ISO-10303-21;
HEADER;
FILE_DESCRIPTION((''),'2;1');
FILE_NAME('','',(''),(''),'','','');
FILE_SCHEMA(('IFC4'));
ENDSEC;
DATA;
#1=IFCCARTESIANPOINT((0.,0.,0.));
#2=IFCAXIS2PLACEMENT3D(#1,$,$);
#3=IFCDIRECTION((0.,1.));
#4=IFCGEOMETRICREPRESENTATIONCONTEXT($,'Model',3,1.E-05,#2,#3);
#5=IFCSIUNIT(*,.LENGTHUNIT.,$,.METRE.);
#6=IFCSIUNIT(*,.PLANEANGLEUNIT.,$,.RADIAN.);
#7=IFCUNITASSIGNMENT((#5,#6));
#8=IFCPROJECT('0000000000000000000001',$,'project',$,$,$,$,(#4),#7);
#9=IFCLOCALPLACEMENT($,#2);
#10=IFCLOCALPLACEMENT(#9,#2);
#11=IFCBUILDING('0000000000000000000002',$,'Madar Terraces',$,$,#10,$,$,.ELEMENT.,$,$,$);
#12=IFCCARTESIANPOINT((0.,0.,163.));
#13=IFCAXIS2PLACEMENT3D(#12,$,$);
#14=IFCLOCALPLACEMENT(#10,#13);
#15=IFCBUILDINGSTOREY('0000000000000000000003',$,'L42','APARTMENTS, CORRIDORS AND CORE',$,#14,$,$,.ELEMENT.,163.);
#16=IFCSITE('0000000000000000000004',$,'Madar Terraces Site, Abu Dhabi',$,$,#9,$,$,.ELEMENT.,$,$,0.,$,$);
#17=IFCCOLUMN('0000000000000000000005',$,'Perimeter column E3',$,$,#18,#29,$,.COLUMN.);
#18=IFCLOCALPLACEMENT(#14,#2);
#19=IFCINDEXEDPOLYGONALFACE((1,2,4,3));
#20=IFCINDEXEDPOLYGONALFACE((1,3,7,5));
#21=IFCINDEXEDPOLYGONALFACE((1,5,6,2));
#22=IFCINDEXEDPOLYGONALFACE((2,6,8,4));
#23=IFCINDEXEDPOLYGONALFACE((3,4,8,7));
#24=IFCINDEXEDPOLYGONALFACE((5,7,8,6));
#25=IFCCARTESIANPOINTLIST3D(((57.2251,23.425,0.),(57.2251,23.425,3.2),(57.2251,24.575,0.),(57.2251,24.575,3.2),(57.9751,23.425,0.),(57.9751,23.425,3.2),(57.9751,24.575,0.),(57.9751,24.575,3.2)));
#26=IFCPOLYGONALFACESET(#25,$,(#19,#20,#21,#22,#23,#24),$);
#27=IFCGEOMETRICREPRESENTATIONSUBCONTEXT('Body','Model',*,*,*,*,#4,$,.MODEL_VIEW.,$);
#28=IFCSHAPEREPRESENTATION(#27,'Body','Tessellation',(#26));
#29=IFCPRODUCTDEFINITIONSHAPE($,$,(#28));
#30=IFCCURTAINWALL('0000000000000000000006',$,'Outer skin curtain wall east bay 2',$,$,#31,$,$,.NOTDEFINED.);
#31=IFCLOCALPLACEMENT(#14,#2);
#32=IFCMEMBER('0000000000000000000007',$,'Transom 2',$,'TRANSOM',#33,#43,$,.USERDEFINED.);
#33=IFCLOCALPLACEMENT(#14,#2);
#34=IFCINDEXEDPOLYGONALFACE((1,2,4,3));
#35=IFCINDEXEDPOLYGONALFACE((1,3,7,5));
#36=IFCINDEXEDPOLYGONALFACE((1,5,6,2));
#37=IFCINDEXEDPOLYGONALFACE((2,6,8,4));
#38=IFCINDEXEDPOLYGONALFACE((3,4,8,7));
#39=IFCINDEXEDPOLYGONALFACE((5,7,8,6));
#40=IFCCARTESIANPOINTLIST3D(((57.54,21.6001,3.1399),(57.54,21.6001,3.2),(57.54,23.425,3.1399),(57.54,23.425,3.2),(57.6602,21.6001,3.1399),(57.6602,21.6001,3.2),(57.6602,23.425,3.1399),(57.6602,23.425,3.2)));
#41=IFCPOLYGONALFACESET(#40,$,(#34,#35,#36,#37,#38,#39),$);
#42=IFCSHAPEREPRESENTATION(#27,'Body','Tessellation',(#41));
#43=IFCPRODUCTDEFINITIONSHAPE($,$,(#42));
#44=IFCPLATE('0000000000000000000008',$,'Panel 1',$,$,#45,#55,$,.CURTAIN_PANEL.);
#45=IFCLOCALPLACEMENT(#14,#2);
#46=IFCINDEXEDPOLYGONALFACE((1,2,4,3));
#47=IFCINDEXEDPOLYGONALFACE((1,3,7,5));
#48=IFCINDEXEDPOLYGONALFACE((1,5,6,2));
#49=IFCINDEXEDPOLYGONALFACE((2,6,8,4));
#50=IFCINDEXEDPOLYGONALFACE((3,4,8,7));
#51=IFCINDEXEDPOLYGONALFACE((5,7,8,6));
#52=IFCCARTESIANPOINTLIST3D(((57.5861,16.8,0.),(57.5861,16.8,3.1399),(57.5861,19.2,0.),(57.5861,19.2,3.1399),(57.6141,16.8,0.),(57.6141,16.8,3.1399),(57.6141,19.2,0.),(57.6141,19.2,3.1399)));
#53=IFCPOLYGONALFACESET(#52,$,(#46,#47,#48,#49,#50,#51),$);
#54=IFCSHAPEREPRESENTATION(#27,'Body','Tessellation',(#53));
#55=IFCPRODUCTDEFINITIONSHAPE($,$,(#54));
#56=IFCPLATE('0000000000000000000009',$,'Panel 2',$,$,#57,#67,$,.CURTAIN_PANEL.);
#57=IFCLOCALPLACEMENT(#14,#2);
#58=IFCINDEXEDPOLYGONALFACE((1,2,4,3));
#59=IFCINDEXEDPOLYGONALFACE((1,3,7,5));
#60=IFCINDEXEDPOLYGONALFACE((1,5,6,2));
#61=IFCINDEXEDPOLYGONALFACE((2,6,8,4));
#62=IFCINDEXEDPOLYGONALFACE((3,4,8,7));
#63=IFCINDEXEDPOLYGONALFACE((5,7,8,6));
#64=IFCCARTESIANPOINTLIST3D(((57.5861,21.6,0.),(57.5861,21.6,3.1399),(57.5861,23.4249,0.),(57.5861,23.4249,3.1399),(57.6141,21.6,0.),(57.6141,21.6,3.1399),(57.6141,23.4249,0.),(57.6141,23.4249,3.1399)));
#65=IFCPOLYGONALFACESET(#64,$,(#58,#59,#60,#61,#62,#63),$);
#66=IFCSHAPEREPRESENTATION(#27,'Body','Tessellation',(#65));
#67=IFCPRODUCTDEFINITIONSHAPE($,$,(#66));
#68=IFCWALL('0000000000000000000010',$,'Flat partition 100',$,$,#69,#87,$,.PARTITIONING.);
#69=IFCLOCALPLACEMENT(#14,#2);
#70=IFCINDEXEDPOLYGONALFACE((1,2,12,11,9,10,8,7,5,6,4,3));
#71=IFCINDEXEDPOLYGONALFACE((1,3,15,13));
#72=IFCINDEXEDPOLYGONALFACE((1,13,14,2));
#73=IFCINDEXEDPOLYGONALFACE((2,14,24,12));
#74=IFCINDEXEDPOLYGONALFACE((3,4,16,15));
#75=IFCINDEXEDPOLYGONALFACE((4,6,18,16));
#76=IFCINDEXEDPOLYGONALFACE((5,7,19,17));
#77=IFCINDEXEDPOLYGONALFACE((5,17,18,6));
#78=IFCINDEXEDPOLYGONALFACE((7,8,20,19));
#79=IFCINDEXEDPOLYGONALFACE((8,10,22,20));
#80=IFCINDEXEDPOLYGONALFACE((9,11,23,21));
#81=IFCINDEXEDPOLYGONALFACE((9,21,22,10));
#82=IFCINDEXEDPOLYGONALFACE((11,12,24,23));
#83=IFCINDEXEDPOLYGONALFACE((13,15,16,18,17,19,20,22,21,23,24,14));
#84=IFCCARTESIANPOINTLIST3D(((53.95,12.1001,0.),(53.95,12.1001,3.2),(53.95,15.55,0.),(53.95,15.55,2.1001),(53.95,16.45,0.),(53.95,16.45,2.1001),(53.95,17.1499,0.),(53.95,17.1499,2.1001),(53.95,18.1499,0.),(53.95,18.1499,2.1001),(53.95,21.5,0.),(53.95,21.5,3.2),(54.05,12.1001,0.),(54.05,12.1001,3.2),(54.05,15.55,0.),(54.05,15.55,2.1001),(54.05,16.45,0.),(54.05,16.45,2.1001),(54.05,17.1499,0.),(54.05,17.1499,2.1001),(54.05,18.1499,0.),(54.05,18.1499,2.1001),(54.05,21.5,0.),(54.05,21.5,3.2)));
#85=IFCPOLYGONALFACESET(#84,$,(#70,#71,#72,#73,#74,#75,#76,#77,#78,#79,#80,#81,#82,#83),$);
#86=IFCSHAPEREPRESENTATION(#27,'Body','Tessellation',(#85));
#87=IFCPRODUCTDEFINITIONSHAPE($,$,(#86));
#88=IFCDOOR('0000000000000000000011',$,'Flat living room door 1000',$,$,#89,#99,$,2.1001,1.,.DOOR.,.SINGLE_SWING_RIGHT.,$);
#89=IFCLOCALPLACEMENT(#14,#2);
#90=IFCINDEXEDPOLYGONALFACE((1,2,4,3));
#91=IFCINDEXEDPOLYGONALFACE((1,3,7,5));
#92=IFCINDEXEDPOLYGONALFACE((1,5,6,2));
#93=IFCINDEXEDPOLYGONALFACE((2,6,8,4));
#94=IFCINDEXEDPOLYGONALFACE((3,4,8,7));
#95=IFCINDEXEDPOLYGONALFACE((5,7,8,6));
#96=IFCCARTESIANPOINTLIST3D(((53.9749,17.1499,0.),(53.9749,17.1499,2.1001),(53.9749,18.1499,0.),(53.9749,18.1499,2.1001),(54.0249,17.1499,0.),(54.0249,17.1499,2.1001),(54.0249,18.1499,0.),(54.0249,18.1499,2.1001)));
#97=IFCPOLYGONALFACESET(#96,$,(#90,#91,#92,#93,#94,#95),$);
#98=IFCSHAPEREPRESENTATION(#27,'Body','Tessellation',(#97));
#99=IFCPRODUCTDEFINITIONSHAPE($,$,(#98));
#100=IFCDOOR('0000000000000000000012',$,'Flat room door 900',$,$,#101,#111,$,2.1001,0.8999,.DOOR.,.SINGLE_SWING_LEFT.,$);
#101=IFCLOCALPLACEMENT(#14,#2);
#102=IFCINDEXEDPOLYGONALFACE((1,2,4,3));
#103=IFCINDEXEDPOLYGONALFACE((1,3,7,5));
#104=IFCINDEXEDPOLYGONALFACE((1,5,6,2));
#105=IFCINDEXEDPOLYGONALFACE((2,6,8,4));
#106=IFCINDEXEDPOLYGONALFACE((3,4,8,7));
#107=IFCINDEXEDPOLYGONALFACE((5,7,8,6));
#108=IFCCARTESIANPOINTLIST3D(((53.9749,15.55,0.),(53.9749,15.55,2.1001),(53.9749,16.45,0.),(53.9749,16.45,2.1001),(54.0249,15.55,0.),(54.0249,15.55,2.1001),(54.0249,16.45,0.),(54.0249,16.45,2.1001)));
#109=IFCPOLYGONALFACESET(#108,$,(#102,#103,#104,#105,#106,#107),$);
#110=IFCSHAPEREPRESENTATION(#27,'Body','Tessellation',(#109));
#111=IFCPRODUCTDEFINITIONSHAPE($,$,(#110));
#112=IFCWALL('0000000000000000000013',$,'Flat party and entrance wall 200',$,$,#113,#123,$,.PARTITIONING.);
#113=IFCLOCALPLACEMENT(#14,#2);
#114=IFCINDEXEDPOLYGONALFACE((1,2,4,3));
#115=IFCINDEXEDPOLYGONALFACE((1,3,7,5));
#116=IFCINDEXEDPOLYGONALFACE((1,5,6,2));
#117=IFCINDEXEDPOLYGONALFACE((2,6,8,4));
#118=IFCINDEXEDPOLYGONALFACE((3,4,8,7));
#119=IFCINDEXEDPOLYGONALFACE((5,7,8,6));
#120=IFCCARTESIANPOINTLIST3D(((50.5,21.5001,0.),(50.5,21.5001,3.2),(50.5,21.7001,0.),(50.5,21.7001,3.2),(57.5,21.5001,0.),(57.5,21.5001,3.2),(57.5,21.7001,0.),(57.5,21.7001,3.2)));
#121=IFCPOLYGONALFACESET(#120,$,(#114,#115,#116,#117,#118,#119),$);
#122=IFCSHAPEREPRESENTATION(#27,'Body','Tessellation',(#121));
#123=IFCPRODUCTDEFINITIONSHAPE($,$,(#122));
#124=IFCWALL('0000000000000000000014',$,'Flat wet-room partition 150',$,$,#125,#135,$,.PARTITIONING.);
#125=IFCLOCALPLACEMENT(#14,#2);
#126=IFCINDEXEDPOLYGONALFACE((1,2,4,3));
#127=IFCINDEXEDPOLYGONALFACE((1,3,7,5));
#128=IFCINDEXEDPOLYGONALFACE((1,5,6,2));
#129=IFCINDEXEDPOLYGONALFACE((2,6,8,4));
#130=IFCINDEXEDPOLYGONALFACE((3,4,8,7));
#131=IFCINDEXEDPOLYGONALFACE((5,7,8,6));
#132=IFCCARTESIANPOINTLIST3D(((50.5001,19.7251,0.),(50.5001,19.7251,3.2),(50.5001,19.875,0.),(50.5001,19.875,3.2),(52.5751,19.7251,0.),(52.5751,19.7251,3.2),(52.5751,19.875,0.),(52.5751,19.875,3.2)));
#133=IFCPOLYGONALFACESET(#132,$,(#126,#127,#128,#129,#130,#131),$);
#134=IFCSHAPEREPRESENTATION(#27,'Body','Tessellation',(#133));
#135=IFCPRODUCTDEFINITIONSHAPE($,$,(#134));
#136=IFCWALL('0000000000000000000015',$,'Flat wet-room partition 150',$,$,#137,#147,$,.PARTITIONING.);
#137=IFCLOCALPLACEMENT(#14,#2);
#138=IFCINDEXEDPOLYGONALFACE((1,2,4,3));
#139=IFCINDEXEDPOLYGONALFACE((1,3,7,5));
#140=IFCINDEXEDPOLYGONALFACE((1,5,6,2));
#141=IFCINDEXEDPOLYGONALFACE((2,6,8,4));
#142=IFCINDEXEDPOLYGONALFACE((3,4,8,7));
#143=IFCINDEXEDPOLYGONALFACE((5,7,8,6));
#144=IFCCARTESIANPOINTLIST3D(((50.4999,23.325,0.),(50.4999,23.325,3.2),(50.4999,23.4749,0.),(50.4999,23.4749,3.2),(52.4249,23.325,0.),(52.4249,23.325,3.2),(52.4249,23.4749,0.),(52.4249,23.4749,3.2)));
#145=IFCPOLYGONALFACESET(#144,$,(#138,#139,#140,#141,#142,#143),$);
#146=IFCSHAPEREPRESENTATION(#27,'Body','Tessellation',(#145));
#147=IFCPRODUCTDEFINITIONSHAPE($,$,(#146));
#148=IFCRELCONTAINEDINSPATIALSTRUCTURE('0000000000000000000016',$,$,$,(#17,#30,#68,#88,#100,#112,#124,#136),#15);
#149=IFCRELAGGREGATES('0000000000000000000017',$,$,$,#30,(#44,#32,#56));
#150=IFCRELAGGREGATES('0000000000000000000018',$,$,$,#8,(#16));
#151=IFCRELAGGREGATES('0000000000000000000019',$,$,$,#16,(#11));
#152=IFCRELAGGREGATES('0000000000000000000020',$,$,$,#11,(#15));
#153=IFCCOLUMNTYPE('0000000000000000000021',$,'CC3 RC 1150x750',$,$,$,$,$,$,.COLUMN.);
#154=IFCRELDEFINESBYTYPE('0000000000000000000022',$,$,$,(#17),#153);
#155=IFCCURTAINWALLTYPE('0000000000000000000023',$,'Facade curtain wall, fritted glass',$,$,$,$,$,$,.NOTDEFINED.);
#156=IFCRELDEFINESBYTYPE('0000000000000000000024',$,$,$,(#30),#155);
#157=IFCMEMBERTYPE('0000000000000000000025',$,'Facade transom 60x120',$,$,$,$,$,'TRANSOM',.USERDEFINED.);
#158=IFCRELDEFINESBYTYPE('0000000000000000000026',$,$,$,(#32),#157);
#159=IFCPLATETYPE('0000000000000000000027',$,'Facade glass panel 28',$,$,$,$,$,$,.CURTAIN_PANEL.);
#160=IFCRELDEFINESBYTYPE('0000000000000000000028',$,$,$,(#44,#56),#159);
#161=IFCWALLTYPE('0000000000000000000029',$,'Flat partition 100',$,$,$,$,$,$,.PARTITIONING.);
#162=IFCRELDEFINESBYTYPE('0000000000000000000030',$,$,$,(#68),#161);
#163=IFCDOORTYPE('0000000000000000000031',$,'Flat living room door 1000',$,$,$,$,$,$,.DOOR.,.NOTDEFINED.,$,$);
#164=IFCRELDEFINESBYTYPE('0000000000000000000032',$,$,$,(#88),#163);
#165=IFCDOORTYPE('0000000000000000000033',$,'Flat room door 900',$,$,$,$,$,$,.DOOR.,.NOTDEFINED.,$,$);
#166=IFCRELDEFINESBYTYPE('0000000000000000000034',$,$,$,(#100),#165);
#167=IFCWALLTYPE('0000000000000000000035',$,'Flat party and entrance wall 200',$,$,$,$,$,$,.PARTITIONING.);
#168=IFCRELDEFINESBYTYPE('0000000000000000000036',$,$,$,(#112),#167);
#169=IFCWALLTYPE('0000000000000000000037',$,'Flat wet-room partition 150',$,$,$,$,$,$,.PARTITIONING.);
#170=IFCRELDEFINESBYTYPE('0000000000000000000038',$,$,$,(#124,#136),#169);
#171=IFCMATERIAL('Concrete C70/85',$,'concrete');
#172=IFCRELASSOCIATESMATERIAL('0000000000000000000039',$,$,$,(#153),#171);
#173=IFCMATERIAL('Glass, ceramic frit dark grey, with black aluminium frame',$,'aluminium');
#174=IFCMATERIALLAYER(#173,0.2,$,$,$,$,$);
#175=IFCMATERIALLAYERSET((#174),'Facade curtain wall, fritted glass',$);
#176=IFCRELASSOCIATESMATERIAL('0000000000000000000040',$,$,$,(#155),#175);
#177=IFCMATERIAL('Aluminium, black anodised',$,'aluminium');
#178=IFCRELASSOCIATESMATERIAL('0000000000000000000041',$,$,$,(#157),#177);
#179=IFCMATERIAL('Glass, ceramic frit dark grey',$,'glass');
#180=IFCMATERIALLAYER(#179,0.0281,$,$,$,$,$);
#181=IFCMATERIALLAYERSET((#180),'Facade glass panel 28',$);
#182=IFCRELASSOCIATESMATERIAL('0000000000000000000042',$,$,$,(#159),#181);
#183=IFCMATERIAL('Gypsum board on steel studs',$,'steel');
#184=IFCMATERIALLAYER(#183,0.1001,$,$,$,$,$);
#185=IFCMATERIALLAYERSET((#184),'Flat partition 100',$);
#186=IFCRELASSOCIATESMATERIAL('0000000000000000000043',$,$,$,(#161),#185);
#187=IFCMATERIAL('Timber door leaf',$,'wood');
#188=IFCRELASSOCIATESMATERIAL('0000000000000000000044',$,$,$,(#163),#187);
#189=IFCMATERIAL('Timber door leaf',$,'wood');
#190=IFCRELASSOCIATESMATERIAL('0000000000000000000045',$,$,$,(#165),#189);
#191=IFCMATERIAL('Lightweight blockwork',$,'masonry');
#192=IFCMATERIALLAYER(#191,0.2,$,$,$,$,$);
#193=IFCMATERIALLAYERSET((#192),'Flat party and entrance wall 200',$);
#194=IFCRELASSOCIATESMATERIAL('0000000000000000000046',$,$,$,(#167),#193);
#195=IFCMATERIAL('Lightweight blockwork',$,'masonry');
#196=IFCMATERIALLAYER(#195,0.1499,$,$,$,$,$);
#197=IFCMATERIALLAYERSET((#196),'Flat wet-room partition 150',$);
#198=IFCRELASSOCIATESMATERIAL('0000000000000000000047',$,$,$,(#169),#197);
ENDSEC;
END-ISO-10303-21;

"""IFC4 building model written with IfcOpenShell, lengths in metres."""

from ifc_helpers import new_model, si_unit, direction, frame, frame_2d, origin, origin_2d, place, context, subcontext, project, spatial, rectangle, extrude, material, layer, layer_set, material_profile, profile_set, type_object, element, fill, aggregate, save


model = new_model("IFC4")

# Units and contexts
model_context = context("Model", 3, precision=1e-05, world=origin(), true_north=direction((0.0, 1.0)))
body_context = subcontext(model_context, "Body", "Model", "MODEL_VIEW")
ifc_project = project(units=[si_unit("LENGTHUNIT", "METRE"), si_unit("PLANEANGLEUNIT", "RADIAN")], contexts=[model_context])

# Site, building, storey
site_placement = place(None, origin())
site = spatial("IfcSite", under=ifc_project, at=site_placement, Name="Madar Terraces Site, Abu Dhabi", CompositionType="ELEMENT", RefElevation=0.0)
building_placement = place(site_placement, origin())
building = spatial("IfcBuilding", under=site, at=building_placement, Name="Madar Terraces", CompositionType="ELEMENT")
storey_placement = place(building_placement, frame((0.0, 0.0, 163.0)))
storey = spatial("IfcBuildingStorey", under=building, at=storey_placement, Name="L42", Description="APARTMENTS, CORRIDORS AND CORE", CompositionType="ELEMENT", Elevation=163.0)

# Column
ifc_material_1 = material(Name="Concrete C70/85", Category="concrete")
ifc_material_profile_1 = material_profile(ifc_material_1, rectangle(XDim=1.1499, YDim=0.75, at=origin_2d()), Name="CC3 RC 1150x750")
ifc_profile_set_1 = profile_set([ifc_material_profile_1], Name="Concrete C70/85")
column_type = type_object("IfcColumnType", Name="CC3 RC 1150x750", PredefinedType="COLUMN", material=ifc_profile_set_1)
column_placement = place(storey_placement, frame((57.6001, 24.0, 0.0), z_axis=(0.0, 0.0, 1.0), x_axis=(0.0, 1.0, 0.0)))
element("IfcColumn", 1, at=column_placement, inside=storey, type_object=column_type, Name="Perimeter column E3", PredefinedType="COLUMN", context=body_context, shape_type="SweptSolid", body=[
    extrude(rectangle(XDim=1.1499, YDim=0.75, at=origin_2d()), origin(), (0.0, 0.0, 1.0), 3.2),
])

# Curtain wall, member, plates
ifc_material_2 = material(Name="Glass, ceramic frit dark grey, with black aluminium frame", Category="aluminium")
ifc_layer_1 = layer(ifc_material_2, 0.2)
ifc_layer_set_1 = layer_set([ifc_layer_1], Name="Facade curtain wall, fritted glass")
curtain_wall_type = type_object("IfcCurtainWallType", Name="Facade curtain wall, fritted glass", PredefinedType="NOTDEFINED", material=ifc_layer_set_1)
curtain_wall_placement = place(storey_placement, origin())
curtain_wall = element("IfcCurtainWall", 2, at=curtain_wall_placement, inside=storey, type_object=curtain_wall_type, Name="Outer skin curtain wall east bay 2", PredefinedType="NOTDEFINED")
ifc_material_3 = material(Name="Aluminium, black anodised", Category="aluminium")
ifc_material_profile_2 = material_profile(ifc_material_3, rectangle(XDim=0.1201, YDim=0.0601, at=origin_2d()), Name="Facade transom 60x120")
ifc_profile_set_2 = profile_set([ifc_material_profile_2], Name="Aluminium, black anodised")
member_type = type_object("IfcMemberType", Name="Facade transom 60x120", ElementType="TRANSOM", PredefinedType="USERDEFINED", material=ifc_profile_set_2)
member_placement = place(storey_placement, frame((57.6001, 21.6001, 3.1699), z_axis=(0.0, 1.0, 0.0), x_axis=(-1.0, 0.0, 0.0)))
member = element("IfcMember", 3, at=member_placement, type_object=member_type, Name="Transom 2", ObjectType="TRANSOM", PredefinedType="USERDEFINED", context=body_context, shape_type="SweptSolid", body=[
    extrude(rectangle(XDim=0.1201, YDim=0.0601, at=origin_2d()), origin(), (0.0, 0.0, 1.0), 1.825),
])
ifc_material_4 = material(Name="Glass, ceramic frit dark grey", Category="glass")
ifc_layer_2 = layer(ifc_material_4, 0.0281)
ifc_layer_set_2 = layer_set([ifc_layer_2], Name="Facade glass panel 28")
plate_type = type_object("IfcPlateType", Name="Facade glass panel 28", PredefinedType="CURTAIN_PANEL", material=ifc_layer_set_2)
plate_1_placement = place(storey_placement, frame((57.6001, 18.0, 0.0), z_axis=(0.0, 0.0, 1.0), x_axis=(0.0, 1.0, 0.0)))
plate_1 = element("IfcPlate", 4, at=plate_1_placement, type_object=plate_type, Name="Panel 1", PredefinedType="CURTAIN_PANEL", context=body_context, shape_type="SweptSolid", body=[
    extrude(rectangle(XDim=2.3999, YDim=0.0281, at=origin_2d()), origin(), (0.0, 0.0, 1.0), 3.1399),
])
plate_2_placement = place(storey_placement, frame((57.6001, 22.5125, 0.0), z_axis=(0.0, 0.0, 1.0), x_axis=(0.0, 1.0, 0.0)))
plate_2 = element("IfcPlate", 5, at=plate_2_placement, type_object=plate_type, Name="Panel 2", PredefinedType="CURTAIN_PANEL", context=body_context, shape_type="SweptSolid", body=[
    extrude(rectangle(XDim=1.825, YDim=0.0281, at=origin_2d()), origin(), (0.0, 0.0, 1.0), 3.1399),
])
aggregate(curtain_wall, [plate_1, member, plate_2])

# Wall, openings, doors
ifc_material_5 = material(Name="Gypsum board on steel studs", Category="steel")
ifc_layer_3 = layer(ifc_material_5, 0.1001)
ifc_layer_set_3 = layer_set([ifc_layer_3], Name="Flat partition 100")
wall_type_1 = type_object("IfcWallType", Name="Flat partition 100", PredefinedType="PARTITIONING", material=ifc_layer_set_3)
wall_1_placement = place(storey_placement, frame((54.0, 21.5, 0.0), z_axis=(0.0, 0.0, 1.0), x_axis=(0.0, -1.0, 0.0)))
wall_1 = element("IfcWall", 6, at=wall_1_placement, inside=storey, type_object=wall_type_1, Name="Flat partition 100", PredefinedType="PARTITIONING", context=body_context, shape_type="SweptSolid", body=[
    extrude(rectangle(XDim=9.3999, YDim=0.1001, at=frame_2d((4.7, 0.0))), origin(), (0.0, 0.0, 1.0), 3.2),
])
opening_1_placement = place(wall_1_placement, frame((3.3501, 0.0, 0.0)))
opening_1 = element("IfcOpeningElement", 7, at=opening_1_placement, cuts=wall_1, PredefinedType="OPENING", context=body_context, shape_type="SweptSolid", body=[
    extrude(rectangle(XDim=1.0, YDim=2.1001, at=frame_2d((0.5, 1.05))), frame((0.0, 0.0601, 0.0), z_axis=(0.0, -1.0, 0.0), x_axis=(1.0, 0.0, 0.0)), (0.0, 0.0, 1.0), 0.1201),
])
opening_2_placement = place(wall_1_placement, frame((5.05, 0.0, 0.0)))
opening_2 = element("IfcOpeningElement", 8, at=opening_2_placement, cuts=wall_1, PredefinedType="OPENING", context=body_context, shape_type="SweptSolid", body=[
    extrude(rectangle(XDim=0.8999, YDim=2.1001, at=frame_2d((0.45, 1.05))), frame((0.0, 0.0601, 0.0), z_axis=(0.0, -1.0, 0.0), x_axis=(1.0, 0.0, 0.0)), (0.0, 0.0, 1.0), 0.1201),
])
ifc_material_6 = material(Name="Timber door leaf", Category="wood")
door_type_1 = type_object("IfcDoorType", Name="Flat living room door 1000", OperationType="NOTDEFINED", PredefinedType="DOOR", material=ifc_material_6)
door_1_placement = place(opening_1_placement, origin())
door_1 = element("IfcDoor", 9, at=door_1_placement, inside=storey, type_object=door_type_1, Name="Flat living room door 1000", OperationType="SINGLE_SWING_RIGHT", OverallHeight=2.1001, OverallWidth=1.0, PredefinedType="DOOR", context=body_context, shape_type="SweptSolid", body=[
    extrude(rectangle(XDim=1.0, YDim=2.1001, at=frame_2d((0.5, 1.05))), frame((0.0, 0.0249, 0.0), z_axis=(0.0, -1.0, 0.0), x_axis=(1.0, 0.0, 0.0)), (0.0, 0.0, 1.0), 0.05),
])
fill(opening_1, door_1)
ifc_material_7 = material(Name="Timber door leaf", Category="wood")
door_type_2 = type_object("IfcDoorType", Name="Flat room door 900", OperationType="NOTDEFINED", PredefinedType="DOOR", material=ifc_material_7)
door_2_placement = place(opening_2_placement, origin())
door_2 = element("IfcDoor", 10, at=door_2_placement, inside=storey, type_object=door_type_2, Name="Flat room door 900", OperationType="SINGLE_SWING_LEFT", OverallHeight=2.1001, OverallWidth=0.8999, PredefinedType="DOOR", context=body_context, shape_type="SweptSolid", body=[
    extrude(rectangle(XDim=0.8999, YDim=2.1001, at=frame_2d((0.45, 1.05))), frame((0.0, 0.0249, 0.0), z_axis=(0.0, -1.0, 0.0), x_axis=(1.0, 0.0, 0.0)), (0.0, 0.0, 1.0), 0.05),
])
fill(opening_2, door_2)

# Walls
ifc_material_8 = material(Name="Lightweight blockwork", Category="masonry")
ifc_layer_4 = layer(ifc_material_8, 0.2)
ifc_layer_set_4 = layer_set([ifc_layer_4], Name="Flat party and entrance wall 200")
wall_type_2 = type_object("IfcWallType", Name="Flat party and entrance wall 200", PredefinedType="PARTITIONING", material=ifc_layer_set_4)
wall_2_placement = place(storey_placement, frame((50.5, 21.6001, 0.0), z_axis=(0.0, 0.0, 1.0), x_axis=(1.0, 0.0, 0.0)))
element("IfcWall", 11, at=wall_2_placement, inside=storey, type_object=wall_type_2, Name="Flat party and entrance wall 200", PredefinedType="PARTITIONING", context=body_context, shape_type="SweptSolid", body=[
    extrude(rectangle(XDim=7.0, YDim=0.2, at=frame_2d((3.5, 0.0))), origin(), (0.0, 0.0, 1.0), 3.2),
])
ifc_material_9 = material(Name="Lightweight blockwork", Category="masonry")
ifc_layer_5 = layer(ifc_material_9, 0.1499)
ifc_layer_set_5 = layer_set([ifc_layer_5], Name="Flat wet-room partition 150")
wall_type_3 = type_object("IfcWallType", Name="Flat wet-room partition 150", PredefinedType="PARTITIONING", material=ifc_layer_set_5)
wall_3_placement = place(storey_placement, frame((50.5, 19.8, 0.0), z_axis=(0.0, 0.0, 1.0), x_axis=(1.0, 0.0, 0.0)))
element("IfcWall", 12, at=wall_3_placement, inside=storey, type_object=wall_type_3, Name="Flat wet-room partition 150", PredefinedType="PARTITIONING", context=body_context, shape_type="SweptSolid", body=[
    extrude(rectangle(XDim=2.075, YDim=0.1499, at=frame_2d((1.0376, 0.0))), origin(), (0.0, 0.0, 1.0), 3.2),
])
wall_4_placement = place(storey_placement, frame((50.5, 23.3999, 0.0), z_axis=(0.0, 0.0, 1.0), x_axis=(1.0, 0.0, 0.0)))
element("IfcWall", 13, at=wall_4_placement, inside=storey, type_object=wall_type_3, Name="Flat wet-room partition 150", PredefinedType="PARTITIONING", context=body_context, shape_type="SweptSolid", body=[
    extrude(rectangle(XDim=1.925, YDim=0.1499, at=frame_2d((0.9624, 0.0))), origin(), (0.0, 0.0, 1.0), 3.2),
])

save(model, "model.ifc")
